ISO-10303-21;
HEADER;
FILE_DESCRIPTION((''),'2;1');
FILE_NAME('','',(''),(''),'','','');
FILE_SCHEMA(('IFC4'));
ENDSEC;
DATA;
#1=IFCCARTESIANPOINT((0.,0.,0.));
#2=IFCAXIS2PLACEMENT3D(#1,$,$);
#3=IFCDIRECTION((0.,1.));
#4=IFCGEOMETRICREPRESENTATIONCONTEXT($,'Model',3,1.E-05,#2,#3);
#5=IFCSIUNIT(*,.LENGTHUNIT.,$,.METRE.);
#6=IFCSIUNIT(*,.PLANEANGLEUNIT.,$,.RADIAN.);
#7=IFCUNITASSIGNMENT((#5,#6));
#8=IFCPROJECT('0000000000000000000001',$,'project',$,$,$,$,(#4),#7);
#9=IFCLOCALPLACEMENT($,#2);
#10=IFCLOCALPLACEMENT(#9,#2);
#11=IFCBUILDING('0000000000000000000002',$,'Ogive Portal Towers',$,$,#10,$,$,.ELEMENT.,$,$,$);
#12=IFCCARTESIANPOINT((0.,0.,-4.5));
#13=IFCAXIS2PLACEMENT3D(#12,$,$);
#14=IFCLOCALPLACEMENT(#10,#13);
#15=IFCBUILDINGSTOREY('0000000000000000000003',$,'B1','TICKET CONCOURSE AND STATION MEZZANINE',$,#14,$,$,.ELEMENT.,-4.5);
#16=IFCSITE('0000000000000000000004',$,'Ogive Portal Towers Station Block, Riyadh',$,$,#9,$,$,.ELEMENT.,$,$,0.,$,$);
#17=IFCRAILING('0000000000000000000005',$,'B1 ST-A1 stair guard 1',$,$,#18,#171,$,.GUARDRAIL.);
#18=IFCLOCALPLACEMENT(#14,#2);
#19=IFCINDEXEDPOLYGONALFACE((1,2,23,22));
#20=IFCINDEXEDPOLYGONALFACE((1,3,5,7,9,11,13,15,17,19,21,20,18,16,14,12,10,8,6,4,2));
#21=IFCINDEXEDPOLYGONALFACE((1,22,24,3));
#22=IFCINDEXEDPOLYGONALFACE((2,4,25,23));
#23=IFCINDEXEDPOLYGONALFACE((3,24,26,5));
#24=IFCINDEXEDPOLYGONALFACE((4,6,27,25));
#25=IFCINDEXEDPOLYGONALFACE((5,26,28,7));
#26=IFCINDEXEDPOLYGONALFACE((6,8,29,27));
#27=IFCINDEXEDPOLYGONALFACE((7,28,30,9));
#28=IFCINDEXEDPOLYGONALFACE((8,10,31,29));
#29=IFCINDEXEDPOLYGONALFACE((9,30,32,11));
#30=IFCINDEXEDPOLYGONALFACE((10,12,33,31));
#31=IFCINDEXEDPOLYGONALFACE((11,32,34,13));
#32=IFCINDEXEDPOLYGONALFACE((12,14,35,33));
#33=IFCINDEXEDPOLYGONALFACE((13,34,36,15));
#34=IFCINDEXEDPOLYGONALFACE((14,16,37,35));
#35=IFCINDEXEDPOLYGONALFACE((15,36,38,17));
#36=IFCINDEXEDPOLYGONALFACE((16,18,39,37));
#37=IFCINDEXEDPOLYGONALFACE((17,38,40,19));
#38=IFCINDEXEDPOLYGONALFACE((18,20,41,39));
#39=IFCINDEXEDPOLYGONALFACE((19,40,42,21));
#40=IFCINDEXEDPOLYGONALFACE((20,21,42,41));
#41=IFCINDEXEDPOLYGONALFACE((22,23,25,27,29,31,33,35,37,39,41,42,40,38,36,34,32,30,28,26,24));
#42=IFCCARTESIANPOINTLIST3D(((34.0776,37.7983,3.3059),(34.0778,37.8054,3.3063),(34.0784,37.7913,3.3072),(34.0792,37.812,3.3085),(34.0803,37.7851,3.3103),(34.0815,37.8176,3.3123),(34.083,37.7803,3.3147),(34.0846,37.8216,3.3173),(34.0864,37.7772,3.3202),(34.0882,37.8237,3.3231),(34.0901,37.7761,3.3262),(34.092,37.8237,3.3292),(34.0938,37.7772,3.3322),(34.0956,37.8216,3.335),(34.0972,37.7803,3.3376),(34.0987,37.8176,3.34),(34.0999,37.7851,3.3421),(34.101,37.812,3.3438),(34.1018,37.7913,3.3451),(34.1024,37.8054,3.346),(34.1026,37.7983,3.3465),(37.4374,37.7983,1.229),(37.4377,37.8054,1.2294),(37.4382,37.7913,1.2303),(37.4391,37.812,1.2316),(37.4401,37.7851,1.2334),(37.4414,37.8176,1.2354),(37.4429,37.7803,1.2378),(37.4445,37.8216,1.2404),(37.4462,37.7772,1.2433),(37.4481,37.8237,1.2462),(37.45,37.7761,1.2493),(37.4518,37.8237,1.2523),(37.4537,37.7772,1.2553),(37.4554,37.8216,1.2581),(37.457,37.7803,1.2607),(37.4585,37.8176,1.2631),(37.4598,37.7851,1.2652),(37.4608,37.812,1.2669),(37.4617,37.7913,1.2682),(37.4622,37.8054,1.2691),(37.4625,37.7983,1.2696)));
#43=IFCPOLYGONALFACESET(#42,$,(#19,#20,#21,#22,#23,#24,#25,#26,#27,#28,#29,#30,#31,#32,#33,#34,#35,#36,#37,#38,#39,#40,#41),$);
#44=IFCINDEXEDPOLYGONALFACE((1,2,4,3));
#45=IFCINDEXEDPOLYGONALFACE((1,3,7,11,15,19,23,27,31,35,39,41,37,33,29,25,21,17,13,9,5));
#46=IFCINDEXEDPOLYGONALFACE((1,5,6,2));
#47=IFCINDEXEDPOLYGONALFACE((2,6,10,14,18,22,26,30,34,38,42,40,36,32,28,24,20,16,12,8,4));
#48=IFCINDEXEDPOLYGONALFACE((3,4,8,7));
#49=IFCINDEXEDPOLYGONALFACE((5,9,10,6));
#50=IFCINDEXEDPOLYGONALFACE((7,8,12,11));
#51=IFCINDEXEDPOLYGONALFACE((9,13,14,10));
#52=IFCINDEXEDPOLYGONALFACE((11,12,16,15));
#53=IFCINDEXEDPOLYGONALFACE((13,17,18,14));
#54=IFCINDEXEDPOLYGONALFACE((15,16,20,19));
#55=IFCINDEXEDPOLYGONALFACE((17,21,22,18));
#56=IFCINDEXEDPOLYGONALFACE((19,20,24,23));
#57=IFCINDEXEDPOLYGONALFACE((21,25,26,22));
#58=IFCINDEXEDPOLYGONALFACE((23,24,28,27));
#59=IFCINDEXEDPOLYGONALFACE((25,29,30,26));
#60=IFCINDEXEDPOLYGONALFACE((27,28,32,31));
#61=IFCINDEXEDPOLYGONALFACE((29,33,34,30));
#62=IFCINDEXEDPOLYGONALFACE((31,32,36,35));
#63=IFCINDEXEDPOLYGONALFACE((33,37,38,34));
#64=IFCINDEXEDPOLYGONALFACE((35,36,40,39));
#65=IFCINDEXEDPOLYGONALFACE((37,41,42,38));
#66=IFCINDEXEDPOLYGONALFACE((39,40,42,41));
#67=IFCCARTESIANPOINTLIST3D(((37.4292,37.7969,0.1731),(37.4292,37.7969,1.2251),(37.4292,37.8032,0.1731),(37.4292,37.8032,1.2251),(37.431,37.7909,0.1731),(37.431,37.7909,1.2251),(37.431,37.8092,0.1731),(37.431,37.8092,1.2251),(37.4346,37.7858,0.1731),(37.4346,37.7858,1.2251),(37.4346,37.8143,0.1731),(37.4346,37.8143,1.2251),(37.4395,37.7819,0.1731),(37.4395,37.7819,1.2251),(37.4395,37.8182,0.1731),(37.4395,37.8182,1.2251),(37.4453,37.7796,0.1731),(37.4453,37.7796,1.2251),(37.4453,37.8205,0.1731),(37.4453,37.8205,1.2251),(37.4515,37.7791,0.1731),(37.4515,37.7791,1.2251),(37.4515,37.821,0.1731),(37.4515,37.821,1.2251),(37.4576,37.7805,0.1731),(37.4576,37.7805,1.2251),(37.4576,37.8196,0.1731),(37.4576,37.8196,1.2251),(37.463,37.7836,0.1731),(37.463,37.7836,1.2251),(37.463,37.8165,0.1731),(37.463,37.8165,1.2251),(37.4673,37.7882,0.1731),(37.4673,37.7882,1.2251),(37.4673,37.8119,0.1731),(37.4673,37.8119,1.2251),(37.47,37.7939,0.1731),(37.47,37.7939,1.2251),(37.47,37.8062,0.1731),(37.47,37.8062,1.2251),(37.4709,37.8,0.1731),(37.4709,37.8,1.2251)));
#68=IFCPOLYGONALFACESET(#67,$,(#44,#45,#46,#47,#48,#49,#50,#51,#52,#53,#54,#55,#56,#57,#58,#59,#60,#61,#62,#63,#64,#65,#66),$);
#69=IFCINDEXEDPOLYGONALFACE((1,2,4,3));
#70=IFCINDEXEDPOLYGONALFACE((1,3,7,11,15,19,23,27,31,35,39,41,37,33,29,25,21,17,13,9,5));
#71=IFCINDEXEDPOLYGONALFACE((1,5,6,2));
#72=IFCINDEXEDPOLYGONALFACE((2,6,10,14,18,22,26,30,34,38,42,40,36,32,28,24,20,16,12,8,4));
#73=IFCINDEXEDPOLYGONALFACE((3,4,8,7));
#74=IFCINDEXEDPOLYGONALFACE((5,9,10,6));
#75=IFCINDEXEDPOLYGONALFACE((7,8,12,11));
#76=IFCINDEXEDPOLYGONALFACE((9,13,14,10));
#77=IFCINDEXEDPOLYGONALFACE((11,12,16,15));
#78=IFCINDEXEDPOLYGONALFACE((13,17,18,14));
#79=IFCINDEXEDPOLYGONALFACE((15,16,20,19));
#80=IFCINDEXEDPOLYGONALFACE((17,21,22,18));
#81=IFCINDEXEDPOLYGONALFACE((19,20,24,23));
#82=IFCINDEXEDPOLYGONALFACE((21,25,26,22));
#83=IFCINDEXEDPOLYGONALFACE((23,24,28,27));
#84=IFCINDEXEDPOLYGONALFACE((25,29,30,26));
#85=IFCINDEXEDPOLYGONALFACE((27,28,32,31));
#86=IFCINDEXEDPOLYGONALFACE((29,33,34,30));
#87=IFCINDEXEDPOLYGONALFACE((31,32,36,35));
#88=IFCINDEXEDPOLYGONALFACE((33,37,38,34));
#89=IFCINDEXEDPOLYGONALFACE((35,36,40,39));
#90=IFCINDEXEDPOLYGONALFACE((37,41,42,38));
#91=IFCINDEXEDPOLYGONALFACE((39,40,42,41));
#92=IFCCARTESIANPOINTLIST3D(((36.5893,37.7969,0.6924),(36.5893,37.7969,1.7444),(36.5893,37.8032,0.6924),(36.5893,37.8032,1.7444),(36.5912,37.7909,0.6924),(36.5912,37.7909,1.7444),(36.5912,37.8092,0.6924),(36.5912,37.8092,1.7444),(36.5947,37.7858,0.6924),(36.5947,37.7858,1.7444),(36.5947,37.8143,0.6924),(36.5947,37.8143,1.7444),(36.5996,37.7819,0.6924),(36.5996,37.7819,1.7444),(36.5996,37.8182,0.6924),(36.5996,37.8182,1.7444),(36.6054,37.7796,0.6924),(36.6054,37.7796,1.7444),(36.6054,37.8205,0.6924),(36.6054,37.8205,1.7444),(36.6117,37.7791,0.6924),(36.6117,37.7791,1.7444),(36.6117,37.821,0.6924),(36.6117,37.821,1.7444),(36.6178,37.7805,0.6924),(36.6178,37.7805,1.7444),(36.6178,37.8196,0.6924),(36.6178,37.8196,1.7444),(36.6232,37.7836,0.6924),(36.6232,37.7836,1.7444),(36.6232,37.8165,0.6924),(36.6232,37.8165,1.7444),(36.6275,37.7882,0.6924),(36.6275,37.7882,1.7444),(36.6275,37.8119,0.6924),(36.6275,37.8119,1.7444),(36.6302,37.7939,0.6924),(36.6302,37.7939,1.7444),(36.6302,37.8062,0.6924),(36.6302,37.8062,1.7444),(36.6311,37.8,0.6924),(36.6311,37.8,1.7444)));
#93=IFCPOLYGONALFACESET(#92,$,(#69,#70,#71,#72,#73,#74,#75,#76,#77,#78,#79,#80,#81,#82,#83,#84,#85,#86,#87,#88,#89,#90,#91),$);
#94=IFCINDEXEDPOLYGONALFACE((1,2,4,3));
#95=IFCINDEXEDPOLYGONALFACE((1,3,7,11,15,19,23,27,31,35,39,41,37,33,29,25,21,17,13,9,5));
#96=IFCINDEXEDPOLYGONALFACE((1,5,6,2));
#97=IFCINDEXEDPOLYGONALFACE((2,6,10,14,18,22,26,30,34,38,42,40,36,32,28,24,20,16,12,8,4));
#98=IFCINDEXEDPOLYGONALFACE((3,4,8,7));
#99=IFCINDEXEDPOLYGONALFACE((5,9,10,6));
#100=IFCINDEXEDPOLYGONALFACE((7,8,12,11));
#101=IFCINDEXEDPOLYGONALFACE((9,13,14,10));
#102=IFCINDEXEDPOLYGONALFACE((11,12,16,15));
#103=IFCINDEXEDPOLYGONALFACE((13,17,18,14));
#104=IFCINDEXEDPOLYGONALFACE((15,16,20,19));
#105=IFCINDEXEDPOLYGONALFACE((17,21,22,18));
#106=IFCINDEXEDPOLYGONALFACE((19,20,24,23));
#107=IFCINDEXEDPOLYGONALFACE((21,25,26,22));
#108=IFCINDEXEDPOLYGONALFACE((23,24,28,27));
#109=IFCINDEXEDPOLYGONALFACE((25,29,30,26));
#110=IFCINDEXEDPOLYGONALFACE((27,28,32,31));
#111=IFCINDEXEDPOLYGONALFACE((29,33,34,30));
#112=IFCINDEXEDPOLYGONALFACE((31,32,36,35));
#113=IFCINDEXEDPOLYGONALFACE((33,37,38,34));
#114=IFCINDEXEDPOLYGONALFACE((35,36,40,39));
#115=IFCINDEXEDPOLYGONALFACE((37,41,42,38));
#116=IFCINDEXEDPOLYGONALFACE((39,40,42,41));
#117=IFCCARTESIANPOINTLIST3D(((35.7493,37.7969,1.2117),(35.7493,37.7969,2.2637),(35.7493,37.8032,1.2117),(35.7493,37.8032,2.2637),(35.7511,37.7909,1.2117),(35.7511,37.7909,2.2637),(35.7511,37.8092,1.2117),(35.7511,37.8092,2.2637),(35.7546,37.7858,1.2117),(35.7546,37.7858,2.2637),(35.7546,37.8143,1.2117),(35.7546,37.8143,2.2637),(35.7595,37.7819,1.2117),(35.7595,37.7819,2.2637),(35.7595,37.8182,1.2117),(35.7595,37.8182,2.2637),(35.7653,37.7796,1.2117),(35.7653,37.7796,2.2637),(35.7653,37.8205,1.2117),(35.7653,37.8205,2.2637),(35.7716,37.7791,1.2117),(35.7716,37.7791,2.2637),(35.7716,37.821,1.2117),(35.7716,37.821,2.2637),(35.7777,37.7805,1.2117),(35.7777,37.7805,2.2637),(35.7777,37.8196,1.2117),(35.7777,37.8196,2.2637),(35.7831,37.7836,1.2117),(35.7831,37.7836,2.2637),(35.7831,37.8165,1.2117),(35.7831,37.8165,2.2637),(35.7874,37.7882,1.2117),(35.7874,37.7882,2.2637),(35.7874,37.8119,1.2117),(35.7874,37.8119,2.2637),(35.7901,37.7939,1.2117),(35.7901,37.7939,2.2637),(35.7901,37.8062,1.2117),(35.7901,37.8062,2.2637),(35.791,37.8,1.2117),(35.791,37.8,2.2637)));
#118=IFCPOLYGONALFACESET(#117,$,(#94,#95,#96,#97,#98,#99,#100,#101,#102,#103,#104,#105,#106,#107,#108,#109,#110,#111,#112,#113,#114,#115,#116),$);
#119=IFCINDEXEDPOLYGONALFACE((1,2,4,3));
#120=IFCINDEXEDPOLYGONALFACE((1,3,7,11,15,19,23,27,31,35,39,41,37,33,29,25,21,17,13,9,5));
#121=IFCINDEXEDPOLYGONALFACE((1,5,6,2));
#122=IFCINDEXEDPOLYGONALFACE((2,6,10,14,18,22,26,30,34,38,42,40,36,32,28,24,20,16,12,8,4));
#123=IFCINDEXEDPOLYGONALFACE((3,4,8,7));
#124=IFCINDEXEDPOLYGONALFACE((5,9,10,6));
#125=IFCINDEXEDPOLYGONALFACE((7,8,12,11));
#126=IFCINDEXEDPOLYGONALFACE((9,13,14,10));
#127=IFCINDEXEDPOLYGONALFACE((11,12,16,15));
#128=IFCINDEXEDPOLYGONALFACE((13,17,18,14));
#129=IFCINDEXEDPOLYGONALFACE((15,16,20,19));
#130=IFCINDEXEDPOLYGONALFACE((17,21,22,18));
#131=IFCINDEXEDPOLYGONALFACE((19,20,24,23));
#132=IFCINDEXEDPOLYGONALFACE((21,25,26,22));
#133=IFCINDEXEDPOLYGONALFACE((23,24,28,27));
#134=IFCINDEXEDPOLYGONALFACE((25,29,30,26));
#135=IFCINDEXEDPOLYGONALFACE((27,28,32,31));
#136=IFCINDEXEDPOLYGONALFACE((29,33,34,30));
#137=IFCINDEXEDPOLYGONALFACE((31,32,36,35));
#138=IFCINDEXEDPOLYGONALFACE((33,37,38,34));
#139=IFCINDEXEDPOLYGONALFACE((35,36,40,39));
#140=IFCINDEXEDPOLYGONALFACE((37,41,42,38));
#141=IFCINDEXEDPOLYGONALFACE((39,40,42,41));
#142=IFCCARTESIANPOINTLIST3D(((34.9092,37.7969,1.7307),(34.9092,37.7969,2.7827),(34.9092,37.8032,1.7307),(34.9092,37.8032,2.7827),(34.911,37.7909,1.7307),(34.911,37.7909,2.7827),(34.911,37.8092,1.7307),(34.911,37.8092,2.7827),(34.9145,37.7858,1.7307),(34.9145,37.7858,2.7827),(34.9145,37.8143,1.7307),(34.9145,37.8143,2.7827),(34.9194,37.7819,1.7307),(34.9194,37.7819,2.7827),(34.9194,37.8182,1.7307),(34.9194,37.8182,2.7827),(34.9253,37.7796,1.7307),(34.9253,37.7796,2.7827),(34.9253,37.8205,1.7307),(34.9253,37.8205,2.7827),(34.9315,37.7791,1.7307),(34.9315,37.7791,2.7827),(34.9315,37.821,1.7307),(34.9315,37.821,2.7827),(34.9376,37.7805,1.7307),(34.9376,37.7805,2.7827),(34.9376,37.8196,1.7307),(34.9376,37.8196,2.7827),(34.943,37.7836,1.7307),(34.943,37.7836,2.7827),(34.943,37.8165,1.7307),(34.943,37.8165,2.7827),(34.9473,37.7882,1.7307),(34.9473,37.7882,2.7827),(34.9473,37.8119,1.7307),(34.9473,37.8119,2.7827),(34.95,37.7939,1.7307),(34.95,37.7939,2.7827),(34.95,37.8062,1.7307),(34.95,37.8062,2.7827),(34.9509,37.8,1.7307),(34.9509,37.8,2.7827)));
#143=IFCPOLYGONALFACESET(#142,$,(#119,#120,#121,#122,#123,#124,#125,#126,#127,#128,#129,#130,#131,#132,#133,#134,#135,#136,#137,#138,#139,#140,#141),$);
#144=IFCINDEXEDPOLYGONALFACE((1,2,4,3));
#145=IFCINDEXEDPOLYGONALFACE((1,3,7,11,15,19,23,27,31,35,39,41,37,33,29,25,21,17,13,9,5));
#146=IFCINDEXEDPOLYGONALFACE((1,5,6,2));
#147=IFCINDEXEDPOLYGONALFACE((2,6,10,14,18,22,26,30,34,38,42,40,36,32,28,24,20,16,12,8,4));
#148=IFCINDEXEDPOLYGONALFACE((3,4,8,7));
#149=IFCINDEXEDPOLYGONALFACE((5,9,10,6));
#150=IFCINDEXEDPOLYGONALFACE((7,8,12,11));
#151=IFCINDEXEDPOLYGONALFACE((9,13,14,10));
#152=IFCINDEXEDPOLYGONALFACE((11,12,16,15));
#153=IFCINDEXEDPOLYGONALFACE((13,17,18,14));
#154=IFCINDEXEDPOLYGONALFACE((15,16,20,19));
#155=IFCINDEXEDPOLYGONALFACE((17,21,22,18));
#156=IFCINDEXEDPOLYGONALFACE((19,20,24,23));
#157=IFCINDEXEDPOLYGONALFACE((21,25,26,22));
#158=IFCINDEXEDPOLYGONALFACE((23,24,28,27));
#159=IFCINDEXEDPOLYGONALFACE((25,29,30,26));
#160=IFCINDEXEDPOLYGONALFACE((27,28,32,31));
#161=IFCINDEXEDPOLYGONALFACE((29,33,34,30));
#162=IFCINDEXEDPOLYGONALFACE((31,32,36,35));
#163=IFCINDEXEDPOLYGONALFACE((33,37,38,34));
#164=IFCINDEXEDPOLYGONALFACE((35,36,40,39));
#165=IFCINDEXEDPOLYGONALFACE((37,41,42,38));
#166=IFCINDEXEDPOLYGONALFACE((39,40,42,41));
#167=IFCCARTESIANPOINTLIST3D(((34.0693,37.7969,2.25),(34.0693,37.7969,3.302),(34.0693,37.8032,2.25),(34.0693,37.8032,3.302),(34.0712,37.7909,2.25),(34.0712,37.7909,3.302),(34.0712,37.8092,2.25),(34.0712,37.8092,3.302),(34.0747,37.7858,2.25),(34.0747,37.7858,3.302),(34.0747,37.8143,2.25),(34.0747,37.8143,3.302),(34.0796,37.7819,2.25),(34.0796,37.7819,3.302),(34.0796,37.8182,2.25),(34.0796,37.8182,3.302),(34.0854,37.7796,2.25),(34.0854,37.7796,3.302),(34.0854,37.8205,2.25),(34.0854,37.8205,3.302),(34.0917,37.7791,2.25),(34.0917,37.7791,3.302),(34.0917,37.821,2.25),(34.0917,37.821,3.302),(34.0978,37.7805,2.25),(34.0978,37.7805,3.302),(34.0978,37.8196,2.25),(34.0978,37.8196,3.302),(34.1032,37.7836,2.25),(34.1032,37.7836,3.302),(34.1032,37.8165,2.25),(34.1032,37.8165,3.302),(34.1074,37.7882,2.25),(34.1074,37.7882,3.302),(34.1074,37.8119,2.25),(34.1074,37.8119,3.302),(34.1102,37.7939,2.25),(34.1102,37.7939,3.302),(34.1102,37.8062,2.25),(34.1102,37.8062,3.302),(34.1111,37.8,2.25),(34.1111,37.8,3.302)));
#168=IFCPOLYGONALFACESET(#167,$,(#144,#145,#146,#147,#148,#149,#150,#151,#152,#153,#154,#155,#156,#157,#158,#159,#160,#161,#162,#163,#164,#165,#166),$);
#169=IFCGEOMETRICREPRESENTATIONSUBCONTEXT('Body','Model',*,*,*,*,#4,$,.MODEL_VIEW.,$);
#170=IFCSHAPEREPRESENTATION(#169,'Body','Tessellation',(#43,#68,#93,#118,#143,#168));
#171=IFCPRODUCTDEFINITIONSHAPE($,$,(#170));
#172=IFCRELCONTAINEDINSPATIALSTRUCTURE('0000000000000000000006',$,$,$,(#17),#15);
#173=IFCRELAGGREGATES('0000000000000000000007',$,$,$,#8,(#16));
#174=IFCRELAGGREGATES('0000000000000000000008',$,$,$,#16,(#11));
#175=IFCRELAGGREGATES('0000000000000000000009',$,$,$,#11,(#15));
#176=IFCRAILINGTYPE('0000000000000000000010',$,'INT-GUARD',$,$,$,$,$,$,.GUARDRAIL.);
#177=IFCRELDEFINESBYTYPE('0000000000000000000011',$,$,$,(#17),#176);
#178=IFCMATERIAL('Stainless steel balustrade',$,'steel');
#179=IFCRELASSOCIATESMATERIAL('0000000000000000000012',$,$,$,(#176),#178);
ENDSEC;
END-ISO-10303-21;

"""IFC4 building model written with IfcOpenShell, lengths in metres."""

from ifc_helpers import new_model, si_unit, direction, frame, origin, origin_2d, place, context, subcontext, project, spatial, circle, extrude, material, type_object, element, save


model = new_model("IFC4")

# Units and contexts
model_context = context("Model", 3, precision=1e-05, world=origin(), true_north=direction((0.0, 1.0)))
body_context = subcontext(model_context, "Body", "Model", "MODEL_VIEW")
ifc_project = project(units=[si_unit("LENGTHUNIT", "METRE"), si_unit("PLANEANGLEUNIT", "RADIAN")], contexts=[model_context])

# Site, building, storey
site_placement = place(None, origin())
site = spatial("IfcSite", under=ifc_project, at=site_placement, Name="Ogive Portal Towers Station Block, Riyadh", CompositionType="ELEMENT", RefElevation=0.0)
building_placement = place(site_placement, origin())
building = spatial("IfcBuilding", under=site, at=building_placement, Name="Ogive Portal Towers", CompositionType="ELEMENT")
storey_placement = place(building_placement, frame((0.0, 0.0, -4.5)))
storey = spatial("IfcBuildingStorey", under=building, at=storey_placement, Name="B1", Description="TICKET CONCOURSE AND STATION MEZZANINE", CompositionType="ELEMENT", Elevation=-4.5)

# Railing
ifc_material_1 = material(Name="Stainless steel balustrade", Category="steel")
railing_type_1 = type_object("IfcRailingType", Name="INT-GUARD", PredefinedType="GUARDRAIL", material=ifc_material_1)
railing_1_placement = place(storey_placement, frame((37.45, 37.8, 0.1731)))
element("IfcRailing", 1, at=railing_1_placement, inside=storey, type_object=railing_type_1, Name="B1 ST-A1 stair guard 1", PredefinedType="GUARDRAIL", context=body_context, shape_type="SweptSolid", body=[
    extrude(circle(Radius=0.0239, at=origin_2d()), frame((0.0, 0.0, 1.0762), z_axis=(-0.850606, 0.0, 0.525803), x_axis=(0.0, -1.0, 0.0)), (0.0, 0.0, 1.0), 3.95),
    extrude(circle(Radius=0.021, at=origin_2d()), origin(), (0.0, 0.0, 1.0), 1.052),
    extrude(circle(Radius=0.021, at=origin_2d()), frame((-0.8398, 0.0, 0.5193)), (0.0, 0.0, 1.0), 1.052),
    extrude(circle(Radius=0.021, at=origin_2d()), frame((-1.6799, 0.0, 1.0386)), (0.0, 0.0, 1.0), 1.052),
    extrude(circle(Radius=0.021, at=origin_2d()), frame((-2.52, 0.0, 1.5576)), (0.0, 0.0, 1.0), 1.052),
    extrude(circle(Radius=0.021, at=origin_2d()), frame((-3.3599, 0.0, 2.0769)), (0.0, 0.0, 1.0), 1.052),
])

save(model, "model.ifc")
